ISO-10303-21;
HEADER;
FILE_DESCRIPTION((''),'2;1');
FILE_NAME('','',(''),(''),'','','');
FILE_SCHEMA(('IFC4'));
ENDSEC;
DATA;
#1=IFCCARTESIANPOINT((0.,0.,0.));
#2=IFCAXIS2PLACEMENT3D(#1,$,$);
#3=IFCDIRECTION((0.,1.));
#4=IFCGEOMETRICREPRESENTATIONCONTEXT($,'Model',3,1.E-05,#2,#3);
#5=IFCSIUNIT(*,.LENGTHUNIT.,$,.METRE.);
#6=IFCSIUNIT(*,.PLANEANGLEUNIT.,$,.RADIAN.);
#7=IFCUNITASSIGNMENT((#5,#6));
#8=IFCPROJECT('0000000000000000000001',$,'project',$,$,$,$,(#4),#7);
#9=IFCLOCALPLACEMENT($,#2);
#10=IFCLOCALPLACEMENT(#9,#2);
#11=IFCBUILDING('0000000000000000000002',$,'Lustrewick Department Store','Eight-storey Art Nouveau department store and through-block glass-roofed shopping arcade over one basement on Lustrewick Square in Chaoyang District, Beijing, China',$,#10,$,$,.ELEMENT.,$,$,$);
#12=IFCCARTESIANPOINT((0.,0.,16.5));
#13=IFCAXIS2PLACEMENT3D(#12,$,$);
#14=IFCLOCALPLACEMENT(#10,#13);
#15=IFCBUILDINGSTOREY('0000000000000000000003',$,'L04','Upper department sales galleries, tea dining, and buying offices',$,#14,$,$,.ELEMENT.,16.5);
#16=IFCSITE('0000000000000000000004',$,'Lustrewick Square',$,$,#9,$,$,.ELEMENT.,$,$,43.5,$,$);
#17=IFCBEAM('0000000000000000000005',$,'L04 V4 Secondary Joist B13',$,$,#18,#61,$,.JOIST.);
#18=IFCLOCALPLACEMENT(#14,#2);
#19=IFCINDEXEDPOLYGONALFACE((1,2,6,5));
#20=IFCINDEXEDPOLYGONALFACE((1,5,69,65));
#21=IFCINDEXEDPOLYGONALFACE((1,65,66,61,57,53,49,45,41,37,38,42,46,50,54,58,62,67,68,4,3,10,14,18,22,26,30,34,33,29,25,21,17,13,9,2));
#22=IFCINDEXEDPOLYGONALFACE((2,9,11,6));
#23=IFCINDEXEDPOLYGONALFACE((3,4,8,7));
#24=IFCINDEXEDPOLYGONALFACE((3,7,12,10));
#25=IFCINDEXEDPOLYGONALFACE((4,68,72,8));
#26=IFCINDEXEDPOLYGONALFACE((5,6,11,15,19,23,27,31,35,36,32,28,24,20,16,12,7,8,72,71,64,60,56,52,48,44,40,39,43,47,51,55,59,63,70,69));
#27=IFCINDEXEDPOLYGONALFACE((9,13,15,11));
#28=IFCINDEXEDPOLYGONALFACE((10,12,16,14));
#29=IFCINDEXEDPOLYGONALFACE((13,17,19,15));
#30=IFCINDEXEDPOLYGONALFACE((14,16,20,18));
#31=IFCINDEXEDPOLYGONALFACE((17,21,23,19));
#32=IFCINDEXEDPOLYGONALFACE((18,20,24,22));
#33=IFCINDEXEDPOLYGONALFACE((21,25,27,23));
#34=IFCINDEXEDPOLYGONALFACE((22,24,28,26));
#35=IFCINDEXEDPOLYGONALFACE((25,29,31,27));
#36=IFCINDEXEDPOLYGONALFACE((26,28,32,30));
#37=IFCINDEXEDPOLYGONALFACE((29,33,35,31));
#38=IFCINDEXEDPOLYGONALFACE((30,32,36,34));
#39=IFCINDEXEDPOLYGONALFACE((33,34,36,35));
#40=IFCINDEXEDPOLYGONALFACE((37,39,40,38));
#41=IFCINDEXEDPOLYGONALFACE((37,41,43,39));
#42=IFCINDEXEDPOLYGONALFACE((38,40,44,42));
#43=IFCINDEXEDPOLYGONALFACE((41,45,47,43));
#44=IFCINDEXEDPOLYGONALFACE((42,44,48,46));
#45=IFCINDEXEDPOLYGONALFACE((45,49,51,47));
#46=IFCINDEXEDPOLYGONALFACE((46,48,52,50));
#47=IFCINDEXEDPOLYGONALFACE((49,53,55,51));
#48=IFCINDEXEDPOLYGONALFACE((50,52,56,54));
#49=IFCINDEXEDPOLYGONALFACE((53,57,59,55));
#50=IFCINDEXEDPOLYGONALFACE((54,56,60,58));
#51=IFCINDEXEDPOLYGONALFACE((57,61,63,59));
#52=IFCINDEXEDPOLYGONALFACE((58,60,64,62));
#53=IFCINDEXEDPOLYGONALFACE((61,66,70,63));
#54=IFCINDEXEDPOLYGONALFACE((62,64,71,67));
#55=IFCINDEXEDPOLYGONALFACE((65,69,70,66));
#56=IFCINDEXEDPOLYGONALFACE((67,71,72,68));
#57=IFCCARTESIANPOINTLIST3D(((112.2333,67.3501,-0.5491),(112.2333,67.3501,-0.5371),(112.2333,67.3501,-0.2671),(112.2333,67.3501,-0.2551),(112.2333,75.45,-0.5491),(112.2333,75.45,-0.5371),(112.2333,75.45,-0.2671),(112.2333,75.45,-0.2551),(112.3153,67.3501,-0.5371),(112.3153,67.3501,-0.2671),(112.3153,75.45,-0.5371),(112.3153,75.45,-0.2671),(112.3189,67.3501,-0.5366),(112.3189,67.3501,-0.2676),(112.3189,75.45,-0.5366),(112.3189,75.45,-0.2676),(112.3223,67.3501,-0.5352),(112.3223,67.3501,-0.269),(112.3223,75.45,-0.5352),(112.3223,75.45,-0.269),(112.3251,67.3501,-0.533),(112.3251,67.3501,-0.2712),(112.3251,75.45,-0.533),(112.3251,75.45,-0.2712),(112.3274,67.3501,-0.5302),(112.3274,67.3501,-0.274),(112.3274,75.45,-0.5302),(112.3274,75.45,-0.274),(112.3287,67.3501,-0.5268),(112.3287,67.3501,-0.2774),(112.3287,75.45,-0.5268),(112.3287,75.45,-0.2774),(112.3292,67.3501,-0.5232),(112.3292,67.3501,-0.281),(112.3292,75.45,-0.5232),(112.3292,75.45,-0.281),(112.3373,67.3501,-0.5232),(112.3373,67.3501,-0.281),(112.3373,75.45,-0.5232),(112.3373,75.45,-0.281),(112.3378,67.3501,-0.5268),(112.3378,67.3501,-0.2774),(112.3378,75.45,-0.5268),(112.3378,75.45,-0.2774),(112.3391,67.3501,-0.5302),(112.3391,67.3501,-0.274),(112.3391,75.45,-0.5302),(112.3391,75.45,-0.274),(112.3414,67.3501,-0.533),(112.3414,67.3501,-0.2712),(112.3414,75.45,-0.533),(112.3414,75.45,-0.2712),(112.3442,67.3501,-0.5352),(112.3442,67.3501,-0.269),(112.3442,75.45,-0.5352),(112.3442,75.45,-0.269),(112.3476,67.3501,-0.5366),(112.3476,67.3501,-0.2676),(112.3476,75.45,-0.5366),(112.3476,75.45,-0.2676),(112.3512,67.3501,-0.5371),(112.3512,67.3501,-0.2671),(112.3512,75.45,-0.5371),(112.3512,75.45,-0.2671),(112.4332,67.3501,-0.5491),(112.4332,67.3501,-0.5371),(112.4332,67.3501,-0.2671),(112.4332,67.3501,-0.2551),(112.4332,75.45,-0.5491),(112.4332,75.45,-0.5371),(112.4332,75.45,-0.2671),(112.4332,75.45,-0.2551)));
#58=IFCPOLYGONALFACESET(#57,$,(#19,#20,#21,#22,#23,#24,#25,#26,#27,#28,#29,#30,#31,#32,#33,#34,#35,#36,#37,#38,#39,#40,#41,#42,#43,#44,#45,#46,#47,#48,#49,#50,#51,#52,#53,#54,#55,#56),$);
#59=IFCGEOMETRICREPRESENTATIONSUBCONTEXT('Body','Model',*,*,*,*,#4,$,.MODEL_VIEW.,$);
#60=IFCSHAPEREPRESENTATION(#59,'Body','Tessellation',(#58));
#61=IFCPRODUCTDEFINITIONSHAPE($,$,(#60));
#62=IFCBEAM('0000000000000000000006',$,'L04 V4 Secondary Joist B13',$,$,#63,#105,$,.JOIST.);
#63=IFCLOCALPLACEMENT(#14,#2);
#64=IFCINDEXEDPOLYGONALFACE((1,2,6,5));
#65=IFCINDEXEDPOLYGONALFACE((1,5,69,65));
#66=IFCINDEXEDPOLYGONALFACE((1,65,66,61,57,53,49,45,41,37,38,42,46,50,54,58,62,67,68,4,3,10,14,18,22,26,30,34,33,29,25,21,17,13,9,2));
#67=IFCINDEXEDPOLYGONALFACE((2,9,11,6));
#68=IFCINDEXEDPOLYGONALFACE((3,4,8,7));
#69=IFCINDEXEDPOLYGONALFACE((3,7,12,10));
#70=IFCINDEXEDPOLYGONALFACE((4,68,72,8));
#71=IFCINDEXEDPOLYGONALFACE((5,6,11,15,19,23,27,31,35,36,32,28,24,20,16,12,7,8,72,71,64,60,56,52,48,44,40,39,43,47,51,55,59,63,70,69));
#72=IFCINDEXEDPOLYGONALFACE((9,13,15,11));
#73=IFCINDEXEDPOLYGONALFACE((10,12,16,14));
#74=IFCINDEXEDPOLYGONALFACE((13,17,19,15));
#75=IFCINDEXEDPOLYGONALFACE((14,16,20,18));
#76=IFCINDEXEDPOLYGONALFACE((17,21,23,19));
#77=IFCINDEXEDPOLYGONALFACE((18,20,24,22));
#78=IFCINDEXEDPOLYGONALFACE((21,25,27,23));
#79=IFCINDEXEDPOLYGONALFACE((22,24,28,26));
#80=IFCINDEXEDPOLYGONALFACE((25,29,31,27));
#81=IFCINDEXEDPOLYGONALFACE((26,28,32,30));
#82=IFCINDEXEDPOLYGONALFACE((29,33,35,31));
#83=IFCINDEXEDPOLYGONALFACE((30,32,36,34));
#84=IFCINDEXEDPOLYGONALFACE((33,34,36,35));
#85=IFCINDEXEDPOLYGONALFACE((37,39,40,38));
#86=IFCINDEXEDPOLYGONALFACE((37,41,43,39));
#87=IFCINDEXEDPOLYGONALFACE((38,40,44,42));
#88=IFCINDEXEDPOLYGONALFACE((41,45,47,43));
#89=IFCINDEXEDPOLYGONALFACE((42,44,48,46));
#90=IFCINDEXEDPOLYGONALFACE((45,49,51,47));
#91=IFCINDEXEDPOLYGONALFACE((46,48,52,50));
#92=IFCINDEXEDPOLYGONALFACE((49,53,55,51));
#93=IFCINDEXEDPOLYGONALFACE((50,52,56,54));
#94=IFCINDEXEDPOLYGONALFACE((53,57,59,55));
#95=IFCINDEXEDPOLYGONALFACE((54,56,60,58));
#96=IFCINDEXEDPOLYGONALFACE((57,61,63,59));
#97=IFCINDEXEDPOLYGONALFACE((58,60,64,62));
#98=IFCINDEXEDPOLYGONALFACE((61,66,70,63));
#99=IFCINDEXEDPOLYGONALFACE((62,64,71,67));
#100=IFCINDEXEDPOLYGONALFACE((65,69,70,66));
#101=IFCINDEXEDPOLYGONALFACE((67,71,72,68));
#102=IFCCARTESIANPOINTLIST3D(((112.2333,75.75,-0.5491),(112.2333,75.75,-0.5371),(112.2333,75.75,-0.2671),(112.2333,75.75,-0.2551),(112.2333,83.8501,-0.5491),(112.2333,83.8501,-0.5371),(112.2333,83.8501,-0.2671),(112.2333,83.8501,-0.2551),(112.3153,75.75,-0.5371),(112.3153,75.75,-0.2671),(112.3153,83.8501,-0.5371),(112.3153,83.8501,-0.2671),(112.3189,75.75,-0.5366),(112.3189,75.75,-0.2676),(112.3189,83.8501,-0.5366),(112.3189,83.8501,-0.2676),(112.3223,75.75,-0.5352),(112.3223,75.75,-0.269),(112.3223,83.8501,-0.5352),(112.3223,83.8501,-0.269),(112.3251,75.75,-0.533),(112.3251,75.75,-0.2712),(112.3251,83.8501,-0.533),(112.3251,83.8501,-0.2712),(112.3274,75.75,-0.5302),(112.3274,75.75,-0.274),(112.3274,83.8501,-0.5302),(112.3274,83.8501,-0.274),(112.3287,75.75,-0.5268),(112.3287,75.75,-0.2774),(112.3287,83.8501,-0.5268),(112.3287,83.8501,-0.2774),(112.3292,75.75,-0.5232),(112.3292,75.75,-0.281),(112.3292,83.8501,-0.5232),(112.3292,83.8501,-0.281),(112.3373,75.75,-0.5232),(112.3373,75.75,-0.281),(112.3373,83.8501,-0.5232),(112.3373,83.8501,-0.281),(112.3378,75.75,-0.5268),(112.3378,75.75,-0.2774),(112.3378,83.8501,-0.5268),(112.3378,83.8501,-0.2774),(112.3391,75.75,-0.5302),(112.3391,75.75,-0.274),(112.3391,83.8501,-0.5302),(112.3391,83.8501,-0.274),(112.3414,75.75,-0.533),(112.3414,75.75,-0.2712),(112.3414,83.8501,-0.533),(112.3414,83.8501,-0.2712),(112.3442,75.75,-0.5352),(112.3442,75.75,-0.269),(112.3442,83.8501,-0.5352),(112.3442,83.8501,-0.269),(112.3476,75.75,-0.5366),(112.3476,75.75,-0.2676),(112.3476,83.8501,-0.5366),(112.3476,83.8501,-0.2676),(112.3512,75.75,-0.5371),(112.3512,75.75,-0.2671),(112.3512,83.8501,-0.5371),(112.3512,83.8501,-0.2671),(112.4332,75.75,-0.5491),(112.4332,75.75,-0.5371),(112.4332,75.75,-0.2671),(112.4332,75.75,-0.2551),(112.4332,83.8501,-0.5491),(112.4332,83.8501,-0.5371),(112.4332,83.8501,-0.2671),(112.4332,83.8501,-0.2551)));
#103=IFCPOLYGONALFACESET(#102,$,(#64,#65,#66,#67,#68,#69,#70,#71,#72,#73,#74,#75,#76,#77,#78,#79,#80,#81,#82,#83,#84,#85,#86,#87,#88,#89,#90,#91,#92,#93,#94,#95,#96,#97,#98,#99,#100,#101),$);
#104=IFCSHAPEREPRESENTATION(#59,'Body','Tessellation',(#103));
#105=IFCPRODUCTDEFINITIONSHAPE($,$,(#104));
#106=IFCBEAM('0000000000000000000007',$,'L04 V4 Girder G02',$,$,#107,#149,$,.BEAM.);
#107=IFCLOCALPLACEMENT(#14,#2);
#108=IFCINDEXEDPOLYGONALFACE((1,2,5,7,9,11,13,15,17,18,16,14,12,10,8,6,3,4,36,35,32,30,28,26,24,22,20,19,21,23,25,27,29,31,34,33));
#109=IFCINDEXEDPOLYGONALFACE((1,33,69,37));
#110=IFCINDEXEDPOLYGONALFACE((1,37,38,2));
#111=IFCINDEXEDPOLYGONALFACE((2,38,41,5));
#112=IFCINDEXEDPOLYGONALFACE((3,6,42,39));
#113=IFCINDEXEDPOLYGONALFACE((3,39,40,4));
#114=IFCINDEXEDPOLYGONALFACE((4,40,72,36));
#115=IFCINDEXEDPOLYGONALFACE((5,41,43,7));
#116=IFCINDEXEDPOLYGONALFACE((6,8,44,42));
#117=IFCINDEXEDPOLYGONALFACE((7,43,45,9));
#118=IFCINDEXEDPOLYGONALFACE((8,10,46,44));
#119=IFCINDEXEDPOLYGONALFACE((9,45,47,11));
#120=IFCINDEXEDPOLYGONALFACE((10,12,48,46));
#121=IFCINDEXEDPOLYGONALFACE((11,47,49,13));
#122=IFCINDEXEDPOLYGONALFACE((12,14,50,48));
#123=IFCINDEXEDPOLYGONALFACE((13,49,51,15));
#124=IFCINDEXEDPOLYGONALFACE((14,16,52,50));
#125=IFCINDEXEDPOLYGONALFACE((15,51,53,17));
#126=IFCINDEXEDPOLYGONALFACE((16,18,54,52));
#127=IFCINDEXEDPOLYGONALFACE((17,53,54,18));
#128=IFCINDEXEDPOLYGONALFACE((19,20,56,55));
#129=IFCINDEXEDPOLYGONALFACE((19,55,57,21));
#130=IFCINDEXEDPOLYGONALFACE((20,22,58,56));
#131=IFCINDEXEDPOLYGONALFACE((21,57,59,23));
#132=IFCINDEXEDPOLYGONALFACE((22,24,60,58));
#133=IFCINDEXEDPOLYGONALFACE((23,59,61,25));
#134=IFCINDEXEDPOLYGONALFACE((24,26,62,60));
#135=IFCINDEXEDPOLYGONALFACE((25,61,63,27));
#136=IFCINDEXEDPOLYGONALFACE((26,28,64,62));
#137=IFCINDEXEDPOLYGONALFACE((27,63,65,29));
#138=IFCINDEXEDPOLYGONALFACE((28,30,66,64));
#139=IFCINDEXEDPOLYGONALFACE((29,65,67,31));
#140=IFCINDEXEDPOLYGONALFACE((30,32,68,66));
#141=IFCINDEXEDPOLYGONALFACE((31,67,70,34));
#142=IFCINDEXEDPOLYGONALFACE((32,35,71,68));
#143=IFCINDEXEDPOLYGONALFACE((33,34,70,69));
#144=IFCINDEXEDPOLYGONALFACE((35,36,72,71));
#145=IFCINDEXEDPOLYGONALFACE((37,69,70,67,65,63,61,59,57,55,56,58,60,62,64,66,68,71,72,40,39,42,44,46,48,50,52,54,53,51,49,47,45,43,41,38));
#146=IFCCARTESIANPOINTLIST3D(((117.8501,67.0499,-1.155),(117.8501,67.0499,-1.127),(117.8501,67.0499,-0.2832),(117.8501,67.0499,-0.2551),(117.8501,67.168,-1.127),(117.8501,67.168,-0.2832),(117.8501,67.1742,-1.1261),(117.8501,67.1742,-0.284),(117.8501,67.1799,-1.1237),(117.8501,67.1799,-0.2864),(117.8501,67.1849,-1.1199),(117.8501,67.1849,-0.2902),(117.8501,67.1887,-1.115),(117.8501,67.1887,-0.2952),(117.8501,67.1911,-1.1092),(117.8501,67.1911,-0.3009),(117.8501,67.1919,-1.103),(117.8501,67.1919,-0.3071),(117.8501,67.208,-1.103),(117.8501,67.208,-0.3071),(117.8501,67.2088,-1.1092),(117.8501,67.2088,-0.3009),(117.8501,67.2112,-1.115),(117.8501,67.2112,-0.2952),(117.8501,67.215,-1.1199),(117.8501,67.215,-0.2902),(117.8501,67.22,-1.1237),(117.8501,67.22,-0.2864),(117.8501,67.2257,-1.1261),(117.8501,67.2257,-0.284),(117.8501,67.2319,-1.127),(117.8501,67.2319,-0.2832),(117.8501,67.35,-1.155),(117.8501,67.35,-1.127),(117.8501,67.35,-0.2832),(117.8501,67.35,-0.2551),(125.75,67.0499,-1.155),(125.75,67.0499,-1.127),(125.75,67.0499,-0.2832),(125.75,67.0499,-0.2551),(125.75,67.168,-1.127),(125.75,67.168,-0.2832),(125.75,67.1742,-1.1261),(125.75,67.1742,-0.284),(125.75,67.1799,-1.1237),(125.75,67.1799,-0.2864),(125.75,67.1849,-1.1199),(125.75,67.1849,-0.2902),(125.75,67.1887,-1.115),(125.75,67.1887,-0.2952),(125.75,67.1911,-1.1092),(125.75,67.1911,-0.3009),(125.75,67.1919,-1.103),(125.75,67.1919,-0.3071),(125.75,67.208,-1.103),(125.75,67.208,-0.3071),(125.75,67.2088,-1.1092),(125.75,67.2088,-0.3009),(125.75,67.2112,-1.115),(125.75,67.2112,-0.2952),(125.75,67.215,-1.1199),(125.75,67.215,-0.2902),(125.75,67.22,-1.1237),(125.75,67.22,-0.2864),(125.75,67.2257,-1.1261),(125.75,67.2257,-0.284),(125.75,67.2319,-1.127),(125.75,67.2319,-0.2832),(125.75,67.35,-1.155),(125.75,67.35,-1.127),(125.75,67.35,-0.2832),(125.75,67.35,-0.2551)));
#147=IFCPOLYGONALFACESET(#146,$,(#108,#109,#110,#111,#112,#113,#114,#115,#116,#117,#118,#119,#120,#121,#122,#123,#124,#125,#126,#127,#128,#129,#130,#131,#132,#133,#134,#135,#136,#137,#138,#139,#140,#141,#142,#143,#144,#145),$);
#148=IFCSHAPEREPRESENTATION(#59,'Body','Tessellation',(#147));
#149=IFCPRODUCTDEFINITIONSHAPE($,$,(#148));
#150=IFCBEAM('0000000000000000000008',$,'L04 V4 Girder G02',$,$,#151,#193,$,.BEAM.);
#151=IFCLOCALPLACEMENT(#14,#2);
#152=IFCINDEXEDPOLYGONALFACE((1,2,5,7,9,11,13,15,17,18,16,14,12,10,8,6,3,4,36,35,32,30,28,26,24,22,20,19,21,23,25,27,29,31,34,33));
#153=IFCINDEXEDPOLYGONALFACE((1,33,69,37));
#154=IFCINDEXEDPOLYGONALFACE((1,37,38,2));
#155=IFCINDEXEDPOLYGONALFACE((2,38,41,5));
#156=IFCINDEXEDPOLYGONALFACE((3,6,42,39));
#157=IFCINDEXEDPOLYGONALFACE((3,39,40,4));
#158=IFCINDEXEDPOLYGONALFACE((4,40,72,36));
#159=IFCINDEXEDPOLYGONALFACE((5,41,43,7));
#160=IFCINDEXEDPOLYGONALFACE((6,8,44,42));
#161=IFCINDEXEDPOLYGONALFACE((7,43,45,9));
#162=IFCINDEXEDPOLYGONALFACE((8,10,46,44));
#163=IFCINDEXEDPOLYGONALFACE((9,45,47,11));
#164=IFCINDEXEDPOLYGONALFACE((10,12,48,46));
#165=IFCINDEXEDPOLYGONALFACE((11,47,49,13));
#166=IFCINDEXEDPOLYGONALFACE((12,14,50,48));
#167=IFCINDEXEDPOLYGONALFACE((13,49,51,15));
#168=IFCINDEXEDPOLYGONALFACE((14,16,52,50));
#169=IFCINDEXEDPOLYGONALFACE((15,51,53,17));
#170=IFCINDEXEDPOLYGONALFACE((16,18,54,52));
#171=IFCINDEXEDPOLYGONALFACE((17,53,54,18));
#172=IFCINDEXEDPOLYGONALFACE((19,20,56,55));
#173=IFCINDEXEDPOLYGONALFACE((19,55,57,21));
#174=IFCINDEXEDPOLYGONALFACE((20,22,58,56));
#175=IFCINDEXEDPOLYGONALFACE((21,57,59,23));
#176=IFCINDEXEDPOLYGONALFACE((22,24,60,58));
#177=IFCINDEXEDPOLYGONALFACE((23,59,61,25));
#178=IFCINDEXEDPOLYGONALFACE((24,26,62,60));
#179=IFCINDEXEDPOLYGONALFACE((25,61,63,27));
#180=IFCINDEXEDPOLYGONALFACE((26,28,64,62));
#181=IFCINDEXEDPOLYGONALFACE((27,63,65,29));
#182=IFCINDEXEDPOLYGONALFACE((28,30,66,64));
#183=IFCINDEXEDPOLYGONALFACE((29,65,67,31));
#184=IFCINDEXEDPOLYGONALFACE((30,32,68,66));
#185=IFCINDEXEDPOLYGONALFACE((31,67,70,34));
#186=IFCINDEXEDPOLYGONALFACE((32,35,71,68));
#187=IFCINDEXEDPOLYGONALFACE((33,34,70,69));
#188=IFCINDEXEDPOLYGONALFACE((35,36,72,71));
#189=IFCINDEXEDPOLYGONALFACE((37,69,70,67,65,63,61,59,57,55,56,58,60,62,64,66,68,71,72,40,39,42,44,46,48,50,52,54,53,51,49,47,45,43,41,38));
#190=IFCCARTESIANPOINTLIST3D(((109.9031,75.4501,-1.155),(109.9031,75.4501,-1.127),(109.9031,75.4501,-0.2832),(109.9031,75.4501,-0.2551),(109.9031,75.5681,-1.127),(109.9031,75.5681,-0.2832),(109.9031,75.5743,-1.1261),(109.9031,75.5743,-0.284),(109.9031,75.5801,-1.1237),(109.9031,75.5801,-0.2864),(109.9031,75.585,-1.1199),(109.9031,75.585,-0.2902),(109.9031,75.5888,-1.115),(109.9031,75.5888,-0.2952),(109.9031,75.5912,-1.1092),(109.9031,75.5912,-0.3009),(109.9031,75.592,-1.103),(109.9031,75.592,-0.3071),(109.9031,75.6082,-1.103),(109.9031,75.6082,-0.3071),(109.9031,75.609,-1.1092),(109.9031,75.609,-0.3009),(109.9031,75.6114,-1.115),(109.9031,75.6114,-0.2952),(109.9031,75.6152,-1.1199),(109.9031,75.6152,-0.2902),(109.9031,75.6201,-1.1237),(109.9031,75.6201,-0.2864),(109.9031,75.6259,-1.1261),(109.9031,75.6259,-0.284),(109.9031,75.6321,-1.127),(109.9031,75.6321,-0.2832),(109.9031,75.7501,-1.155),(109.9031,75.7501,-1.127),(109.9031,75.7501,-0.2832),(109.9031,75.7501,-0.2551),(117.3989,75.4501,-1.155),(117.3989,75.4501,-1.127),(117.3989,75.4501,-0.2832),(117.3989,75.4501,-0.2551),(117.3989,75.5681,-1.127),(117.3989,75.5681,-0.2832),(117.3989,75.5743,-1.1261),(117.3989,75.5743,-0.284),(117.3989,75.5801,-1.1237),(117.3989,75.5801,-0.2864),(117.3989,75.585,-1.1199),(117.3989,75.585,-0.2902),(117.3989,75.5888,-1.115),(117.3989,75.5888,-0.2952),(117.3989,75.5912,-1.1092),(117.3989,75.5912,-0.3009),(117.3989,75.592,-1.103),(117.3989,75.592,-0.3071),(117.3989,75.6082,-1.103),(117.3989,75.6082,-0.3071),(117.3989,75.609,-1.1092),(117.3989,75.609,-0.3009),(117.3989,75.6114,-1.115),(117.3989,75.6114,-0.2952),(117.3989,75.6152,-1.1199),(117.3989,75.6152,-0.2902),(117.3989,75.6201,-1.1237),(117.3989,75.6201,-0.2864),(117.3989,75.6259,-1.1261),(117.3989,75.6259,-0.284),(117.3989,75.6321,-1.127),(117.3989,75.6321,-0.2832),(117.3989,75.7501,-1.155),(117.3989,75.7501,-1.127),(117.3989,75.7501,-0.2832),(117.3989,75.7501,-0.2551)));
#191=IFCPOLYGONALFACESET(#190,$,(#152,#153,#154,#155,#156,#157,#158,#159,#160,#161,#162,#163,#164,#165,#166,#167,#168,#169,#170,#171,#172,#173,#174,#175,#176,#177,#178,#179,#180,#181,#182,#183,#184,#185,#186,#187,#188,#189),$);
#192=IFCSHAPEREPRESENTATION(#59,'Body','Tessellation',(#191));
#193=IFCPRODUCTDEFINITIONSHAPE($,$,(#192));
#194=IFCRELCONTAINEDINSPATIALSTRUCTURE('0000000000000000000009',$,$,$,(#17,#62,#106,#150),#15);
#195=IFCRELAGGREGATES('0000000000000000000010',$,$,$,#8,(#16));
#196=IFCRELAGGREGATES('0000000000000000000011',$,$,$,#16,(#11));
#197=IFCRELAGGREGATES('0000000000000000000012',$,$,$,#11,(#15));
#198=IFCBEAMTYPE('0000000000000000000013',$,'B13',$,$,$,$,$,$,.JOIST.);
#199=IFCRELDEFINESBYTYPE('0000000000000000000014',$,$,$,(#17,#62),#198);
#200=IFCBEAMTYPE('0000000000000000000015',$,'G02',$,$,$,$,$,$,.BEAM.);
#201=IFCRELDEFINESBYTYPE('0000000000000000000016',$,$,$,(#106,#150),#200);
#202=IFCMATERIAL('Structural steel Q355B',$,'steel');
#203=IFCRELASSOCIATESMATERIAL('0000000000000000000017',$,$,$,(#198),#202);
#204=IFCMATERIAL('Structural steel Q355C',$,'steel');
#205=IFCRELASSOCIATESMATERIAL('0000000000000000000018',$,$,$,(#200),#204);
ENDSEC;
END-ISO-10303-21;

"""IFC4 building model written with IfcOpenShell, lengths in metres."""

from ifc_helpers import new_model, si_unit, direction, frame, origin, origin_2d, place, context, subcontext, project, spatial, i_section, extrude, material, material_profile, profile_set, type_object, element, save


model = new_model("IFC4")

# Units and contexts
model_context = context("Model", 3, precision=1e-05, world=origin(), true_north=direction((0.0, 1.0)))
body_context = subcontext(model_context, "Body", "Model", "MODEL_VIEW")
ifc_project = project(units=[si_unit("LENGTHUNIT", "METRE"), si_unit("PLANEANGLEUNIT", "RADIAN")], contexts=[model_context])

# Site, building, storey
site_placement = place(None, origin())
site = spatial("IfcSite", under=ifc_project, at=site_placement, Name="Lustrewick Square", CompositionType="ELEMENT", RefElevation=43.5)
building_placement = place(site_placement, origin())
building = spatial("IfcBuilding", under=site, at=building_placement, Name="Lustrewick Department Store", Description="Eight-storey Art Nouveau department store and through-block glass-roofed shopping arcade over one basement on Lustrewick Square in Chaoyang District, Beijing, China", CompositionType="ELEMENT")
storey_placement = place(building_placement, frame((0.0, 0.0, 16.5)))
storey = spatial("IfcBuildingStorey", under=building, at=storey_placement, Name="L04", Description="Upper department sales galleries, tea dining, and buying offices", CompositionType="ELEMENT", Elevation=16.5)

# Shared definitions
ifc_material_1 = material(Name="Structural steel Q355B", Category="steel")
ifc_material_2 = material(Name="Structural steel Q355C", Category="steel")

# Beams
ifc_material_profile_1 = material_profile(ifc_material_1, i_section(OverallWidth=0.2, OverallDepth=0.2939, WebThickness=0.0081, FlangeThickness=0.012, FilletRadius=0.0139, at=origin_2d()), Name="HM 294x200x8x12")
ifc_profile_set_1 = profile_set([ifc_material_profile_1], Name="Structural steel Q355B")
beam_type_1 = type_object("IfcBeamType", Name="B13", PredefinedType="JOIST", material=ifc_profile_set_1)
beam_1_placement = place(storey_placement, frame((112.3333, 67.3501, -0.4021), z_axis=(0.0, 1.0, 0.0), x_axis=(-1.0, 0.0, 0.0)))
element("IfcBeam", 1, at=beam_1_placement, inside=storey, type_object=beam_type_1, Name="L04 V4 Secondary Joist B13", PredefinedType="JOIST", context=body_context, shape_type="SweptSolid", body=[
    extrude(i_section(OverallWidth=0.2, OverallDepth=0.2939, WebThickness=0.0081, FlangeThickness=0.012, FilletRadius=0.0139, at=origin_2d()), origin(), (0.0, 0.0, 1.0), 8.0999),
])
beam_2_placement = place(storey_placement, frame((112.3333, 75.75, -0.4021), z_axis=(0.0, 1.0, 0.0), x_axis=(-1.0, 0.0, 0.0)))
element("IfcBeam", 2, at=beam_2_placement, inside=storey, type_object=beam_type_1, Name="L04 V4 Secondary Joist B13", PredefinedType="JOIST", context=body_context, shape_type="SweptSolid", body=[
    extrude(i_section(OverallWidth=0.2, OverallDepth=0.2939, WebThickness=0.0081, FlangeThickness=0.012, FilletRadius=0.0139, at=origin_2d()), origin(), (0.0, 0.0, 1.0), 8.1001),
])
ifc_material_profile_2 = material_profile(ifc_material_2, i_section(OverallWidth=0.3, OverallDepth=0.8999, WebThickness=0.0161, FlangeThickness=0.0281, FilletRadius=0.0239, at=origin_2d()), Name="HN 900x300x16x28")
ifc_profile_set_2 = profile_set([ifc_material_profile_2], Name="Structural steel Q355C")
beam_type_2 = type_object("IfcBeamType", Name="G02", PredefinedType="BEAM", material=ifc_profile_set_2)
beam_3_placement = place(storey_placement, frame((117.8501, 67.2, -0.7051), z_axis=(1.0, 0.0, 0.0), x_axis=(0.0, 1.0, 0.0)))
element("IfcBeam", 3, at=beam_3_placement, inside=storey, type_object=beam_type_2, Name="L04 V4 Girder G02", PredefinedType="BEAM", context=body_context, shape_type="SweptSolid", body=[
    extrude(i_section(OverallWidth=0.3, OverallDepth=0.8999, WebThickness=0.0161, FlangeThickness=0.0281, FilletRadius=0.0239, at=origin_2d()), origin(), (0.0, 0.0, 1.0), 7.8999),
])
beam_4_placement = place(storey_placement, frame((109.9031, 75.6001, -0.7051), z_axis=(1.0, 0.0, 0.0), x_axis=(0.0, 1.0, 0.0)))
element("IfcBeam", 4, at=beam_4_placement, inside=storey, type_object=beam_type_2, Name="L04 V4 Girder G02", PredefinedType="BEAM", context=body_context, shape_type="SweptSolid", body=[
    extrude(i_section(OverallWidth=0.3, OverallDepth=0.8999, WebThickness=0.0161, FlangeThickness=0.0281, FilletRadius=0.0239, at=origin_2d()), origin(), (0.0, 0.0, 1.0), 7.4958),
])

save(model, "model.ifc")
